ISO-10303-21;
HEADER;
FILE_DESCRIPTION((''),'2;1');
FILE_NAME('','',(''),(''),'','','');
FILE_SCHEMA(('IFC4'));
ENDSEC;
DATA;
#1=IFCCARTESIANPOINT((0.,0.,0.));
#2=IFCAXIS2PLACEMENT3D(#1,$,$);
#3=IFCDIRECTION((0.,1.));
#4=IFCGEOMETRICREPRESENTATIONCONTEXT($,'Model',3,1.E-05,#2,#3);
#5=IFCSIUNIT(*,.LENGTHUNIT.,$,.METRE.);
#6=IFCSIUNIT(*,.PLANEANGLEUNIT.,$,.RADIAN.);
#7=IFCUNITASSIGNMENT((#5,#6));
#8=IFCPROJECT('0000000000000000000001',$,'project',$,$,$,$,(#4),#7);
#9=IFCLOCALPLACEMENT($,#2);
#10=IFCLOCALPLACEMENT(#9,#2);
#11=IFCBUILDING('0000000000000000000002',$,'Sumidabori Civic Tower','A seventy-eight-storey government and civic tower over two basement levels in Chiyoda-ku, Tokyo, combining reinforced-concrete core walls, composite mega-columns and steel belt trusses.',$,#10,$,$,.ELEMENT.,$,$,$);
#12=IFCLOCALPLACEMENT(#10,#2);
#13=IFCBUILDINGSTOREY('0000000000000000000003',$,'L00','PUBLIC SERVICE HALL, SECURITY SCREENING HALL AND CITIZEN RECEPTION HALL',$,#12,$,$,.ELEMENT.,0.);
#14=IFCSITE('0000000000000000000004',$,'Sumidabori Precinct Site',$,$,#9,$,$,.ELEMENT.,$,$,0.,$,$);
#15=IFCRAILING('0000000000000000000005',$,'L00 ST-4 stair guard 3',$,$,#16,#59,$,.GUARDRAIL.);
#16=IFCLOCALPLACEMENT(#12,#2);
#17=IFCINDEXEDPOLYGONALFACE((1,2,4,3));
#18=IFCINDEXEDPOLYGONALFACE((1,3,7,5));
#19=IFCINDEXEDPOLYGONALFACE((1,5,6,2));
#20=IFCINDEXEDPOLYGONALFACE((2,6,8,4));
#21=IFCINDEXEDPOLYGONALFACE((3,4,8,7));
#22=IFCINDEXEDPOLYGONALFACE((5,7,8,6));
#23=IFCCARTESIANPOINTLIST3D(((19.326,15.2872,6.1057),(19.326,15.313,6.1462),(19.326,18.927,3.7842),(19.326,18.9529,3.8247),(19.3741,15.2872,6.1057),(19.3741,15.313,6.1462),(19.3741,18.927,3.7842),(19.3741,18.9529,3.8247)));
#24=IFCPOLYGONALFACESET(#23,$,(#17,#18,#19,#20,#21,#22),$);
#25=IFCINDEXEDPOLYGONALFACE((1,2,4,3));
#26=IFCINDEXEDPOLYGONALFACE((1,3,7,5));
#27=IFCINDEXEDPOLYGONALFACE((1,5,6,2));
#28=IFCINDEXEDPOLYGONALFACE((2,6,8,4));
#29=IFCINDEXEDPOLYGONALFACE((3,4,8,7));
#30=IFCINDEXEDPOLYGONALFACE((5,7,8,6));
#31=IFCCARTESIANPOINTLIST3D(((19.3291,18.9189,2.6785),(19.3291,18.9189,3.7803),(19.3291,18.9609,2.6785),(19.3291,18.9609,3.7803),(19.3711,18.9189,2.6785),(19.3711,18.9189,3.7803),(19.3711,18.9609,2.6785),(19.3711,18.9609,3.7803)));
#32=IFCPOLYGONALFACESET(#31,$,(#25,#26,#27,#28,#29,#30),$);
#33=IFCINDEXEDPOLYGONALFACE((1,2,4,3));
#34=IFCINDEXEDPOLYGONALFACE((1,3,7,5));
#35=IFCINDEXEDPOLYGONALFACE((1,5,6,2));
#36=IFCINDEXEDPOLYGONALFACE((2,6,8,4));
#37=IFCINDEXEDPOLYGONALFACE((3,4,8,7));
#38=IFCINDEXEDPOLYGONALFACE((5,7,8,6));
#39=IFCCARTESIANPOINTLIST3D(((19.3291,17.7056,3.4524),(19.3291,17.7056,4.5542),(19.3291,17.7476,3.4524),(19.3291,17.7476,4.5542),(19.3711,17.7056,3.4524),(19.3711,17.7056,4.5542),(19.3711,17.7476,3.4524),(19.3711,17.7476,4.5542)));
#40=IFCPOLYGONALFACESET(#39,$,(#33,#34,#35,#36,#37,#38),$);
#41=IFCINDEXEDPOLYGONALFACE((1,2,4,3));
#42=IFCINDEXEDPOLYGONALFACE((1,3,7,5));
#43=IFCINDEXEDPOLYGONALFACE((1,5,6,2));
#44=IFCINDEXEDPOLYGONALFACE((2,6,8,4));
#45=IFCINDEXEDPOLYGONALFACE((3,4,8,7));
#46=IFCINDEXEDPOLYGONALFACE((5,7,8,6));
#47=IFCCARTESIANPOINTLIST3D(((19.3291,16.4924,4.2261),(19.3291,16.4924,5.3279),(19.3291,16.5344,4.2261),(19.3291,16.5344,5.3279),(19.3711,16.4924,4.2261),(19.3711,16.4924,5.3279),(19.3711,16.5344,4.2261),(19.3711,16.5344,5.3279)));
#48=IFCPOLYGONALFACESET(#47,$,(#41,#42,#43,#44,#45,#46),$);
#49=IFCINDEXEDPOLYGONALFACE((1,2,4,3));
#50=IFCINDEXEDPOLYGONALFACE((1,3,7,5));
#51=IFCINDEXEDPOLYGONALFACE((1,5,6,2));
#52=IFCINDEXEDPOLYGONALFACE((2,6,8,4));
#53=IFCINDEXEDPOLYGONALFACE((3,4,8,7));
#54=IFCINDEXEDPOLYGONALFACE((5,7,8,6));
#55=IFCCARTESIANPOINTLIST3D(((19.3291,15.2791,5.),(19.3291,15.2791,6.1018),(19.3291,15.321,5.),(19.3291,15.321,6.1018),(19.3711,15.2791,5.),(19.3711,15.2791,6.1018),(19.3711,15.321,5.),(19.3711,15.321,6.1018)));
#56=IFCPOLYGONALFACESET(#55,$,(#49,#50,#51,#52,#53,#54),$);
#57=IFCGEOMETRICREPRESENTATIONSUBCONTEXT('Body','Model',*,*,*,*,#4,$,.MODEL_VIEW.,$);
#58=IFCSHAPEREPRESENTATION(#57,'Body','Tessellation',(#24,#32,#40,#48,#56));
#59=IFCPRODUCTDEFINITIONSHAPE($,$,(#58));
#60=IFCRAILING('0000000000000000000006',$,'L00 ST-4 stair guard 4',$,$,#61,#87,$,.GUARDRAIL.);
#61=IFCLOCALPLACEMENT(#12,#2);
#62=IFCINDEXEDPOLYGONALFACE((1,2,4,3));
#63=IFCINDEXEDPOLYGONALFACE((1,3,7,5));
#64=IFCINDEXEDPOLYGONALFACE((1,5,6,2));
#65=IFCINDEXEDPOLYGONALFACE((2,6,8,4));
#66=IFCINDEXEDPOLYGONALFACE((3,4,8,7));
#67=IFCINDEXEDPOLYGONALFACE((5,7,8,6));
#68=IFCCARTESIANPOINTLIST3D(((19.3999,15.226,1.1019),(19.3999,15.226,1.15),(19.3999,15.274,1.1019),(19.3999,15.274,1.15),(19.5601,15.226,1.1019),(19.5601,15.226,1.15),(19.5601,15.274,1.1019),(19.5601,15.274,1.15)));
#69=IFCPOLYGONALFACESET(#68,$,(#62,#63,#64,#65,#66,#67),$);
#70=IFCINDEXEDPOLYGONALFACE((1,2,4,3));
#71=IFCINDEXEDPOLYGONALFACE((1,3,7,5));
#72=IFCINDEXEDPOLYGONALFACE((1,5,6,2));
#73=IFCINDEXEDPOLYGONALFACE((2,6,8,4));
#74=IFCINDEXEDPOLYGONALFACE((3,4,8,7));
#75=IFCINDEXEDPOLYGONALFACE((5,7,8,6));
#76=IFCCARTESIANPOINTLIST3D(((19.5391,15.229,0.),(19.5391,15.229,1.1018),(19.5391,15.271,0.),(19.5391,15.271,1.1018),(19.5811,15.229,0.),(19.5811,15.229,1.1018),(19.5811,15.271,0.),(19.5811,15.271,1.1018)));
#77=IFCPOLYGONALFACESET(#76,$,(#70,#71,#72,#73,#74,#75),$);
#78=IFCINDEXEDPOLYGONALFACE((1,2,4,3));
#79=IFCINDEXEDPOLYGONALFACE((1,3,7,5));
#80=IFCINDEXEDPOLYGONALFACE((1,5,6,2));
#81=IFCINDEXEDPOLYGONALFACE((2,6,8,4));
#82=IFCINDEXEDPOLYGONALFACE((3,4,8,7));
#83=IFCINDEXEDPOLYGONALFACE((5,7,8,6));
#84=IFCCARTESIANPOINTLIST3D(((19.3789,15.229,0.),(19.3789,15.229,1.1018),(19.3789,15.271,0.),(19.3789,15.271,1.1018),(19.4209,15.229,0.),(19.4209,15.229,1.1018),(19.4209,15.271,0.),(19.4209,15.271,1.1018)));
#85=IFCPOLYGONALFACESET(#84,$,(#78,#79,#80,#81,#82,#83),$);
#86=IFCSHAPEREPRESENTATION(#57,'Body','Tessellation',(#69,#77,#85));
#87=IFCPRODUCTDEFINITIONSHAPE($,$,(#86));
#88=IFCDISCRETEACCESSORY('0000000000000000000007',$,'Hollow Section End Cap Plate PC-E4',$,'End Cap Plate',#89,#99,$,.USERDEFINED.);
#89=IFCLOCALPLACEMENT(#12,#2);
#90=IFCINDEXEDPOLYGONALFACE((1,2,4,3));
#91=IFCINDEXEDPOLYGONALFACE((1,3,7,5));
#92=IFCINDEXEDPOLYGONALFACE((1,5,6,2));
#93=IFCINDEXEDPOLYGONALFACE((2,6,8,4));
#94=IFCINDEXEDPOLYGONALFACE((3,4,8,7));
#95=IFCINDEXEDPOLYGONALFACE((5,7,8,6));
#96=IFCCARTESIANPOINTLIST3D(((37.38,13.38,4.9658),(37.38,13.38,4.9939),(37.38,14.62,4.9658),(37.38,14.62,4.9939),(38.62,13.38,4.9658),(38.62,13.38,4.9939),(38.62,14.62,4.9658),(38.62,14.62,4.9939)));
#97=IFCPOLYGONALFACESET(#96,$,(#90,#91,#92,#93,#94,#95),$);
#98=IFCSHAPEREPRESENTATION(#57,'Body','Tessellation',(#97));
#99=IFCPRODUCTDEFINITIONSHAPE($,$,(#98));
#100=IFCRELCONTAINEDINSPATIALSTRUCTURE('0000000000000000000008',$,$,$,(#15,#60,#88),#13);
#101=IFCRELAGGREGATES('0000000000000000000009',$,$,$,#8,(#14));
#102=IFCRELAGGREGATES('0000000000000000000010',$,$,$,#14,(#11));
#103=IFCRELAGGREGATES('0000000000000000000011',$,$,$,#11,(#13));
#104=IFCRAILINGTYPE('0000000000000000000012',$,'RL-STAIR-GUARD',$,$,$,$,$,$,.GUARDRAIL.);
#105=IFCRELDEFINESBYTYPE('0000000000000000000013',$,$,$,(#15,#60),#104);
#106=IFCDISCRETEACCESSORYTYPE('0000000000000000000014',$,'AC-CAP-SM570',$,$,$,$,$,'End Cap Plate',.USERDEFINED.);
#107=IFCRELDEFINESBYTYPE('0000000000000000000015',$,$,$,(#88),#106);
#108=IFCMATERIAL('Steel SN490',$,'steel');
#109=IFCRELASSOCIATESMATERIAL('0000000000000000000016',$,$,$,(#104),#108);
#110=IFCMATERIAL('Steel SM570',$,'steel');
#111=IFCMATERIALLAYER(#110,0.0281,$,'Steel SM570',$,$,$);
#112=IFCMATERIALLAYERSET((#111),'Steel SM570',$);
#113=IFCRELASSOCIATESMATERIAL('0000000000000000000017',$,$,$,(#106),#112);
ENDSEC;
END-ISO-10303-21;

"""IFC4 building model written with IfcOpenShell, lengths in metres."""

from ifc_helpers import new_model, si_unit, direction, frame, origin, origin_2d, place, context, subcontext, project, spatial, rectangle, extrude, source, transform, mapped, material, layer, layer_set, type_object, element, save


model = new_model("IFC4")

# Units and contexts
model_context = context("Model", 3, precision=1e-05, world=origin(), true_north=direction((0.0, 1.0)))
body_context = subcontext(model_context, "Body", "Model", "MODEL_VIEW")
ifc_project = project(units=[si_unit("LENGTHUNIT", "METRE"), si_unit("PLANEANGLEUNIT", "RADIAN")], contexts=[model_context])

# Site, building, storey
site_placement = place(None, origin())
site = spatial("IfcSite", under=ifc_project, at=site_placement, Name="Sumidabori Precinct Site", CompositionType="ELEMENT", RefElevation=0.0)
building_placement = place(site_placement, origin())
building = spatial("IfcBuilding", under=site, at=building_placement, Name="Sumidabori Civic Tower", Description="A seventy-eight-storey government and civic tower over two basement levels in Chiyoda-ku, Tokyo, combining reinforced-concrete core walls, composite mega-columns and steel belt trusses.", CompositionType="ELEMENT")
storey_placement = place(building_placement, origin())
storey = spatial("IfcBuildingStorey", under=building, at=storey_placement, Name="L00", Description="PUBLIC SERVICE HALL, SECURITY SCREENING HALL AND CITIZEN RECEPTION HALL", CompositionType="ELEMENT", Elevation=0.0)

# Shared definitions
ifc_material_1 = material(Name="Steel SM570", Category="steel")

# Shared definitions
ifc_material_2 = material(Name="Steel SN490", Category="steel")

# Railings
railing_type_1 = type_object("IfcRailingType", Name="RL-STAIR-GUARD", PredefinedType="GUARDRAIL", material=ifc_material_2)
railing_1_placement = place(storey_placement, frame((19.3501, 18.9399, 2.6785)))
element("IfcRailing", 1, at=railing_1_placement, inside=storey, type_object=railing_type_1, Name="L00 ST-4 stair guard 3", PredefinedType="GUARDRAIL", context=body_context, shape_type="SweptSolid", body=[
    extrude(rectangle(XDim=0.0481, YDim=0.0481, at=origin_2d()), frame((0.0, 0.0, 1.126), z_axis=(0.0, -0.843112, 0.537739), x_axis=(1.0, 0.0, 0.0)), (0.0, 0.0, 1.0), 4.3171),
    extrude(rectangle(XDim=0.042, YDim=0.042, at=origin_2d()), origin(), (0.0, 0.0, 1.0), 1.1018),
    extrude(rectangle(XDim=0.042, YDim=0.042, at=origin_2d()), frame((0.0, -1.2134, 0.7739)), (0.0, 0.0, 1.0), 1.1018),
    extrude(rectangle(XDim=0.042, YDim=0.042, at=origin_2d()), frame((0.0, -2.4265, 1.5476)), (0.0, 0.0, 1.0), 1.1018),
    extrude(rectangle(XDim=0.042, YDim=0.042, at=origin_2d()), frame((0.0, -3.6399, 2.3215)), (0.0, 0.0, 1.0), 1.1018),
])
railing_2_placement = place(storey_placement, frame((19.5601, 15.25, 0.0)))
element("IfcRailing", 2, at=railing_2_placement, inside=storey, type_object=railing_type_1, Name="L00 ST-4 stair guard 4", PredefinedType="GUARDRAIL", context=body_context, shape_type="SweptSolid", body=[
    extrude(rectangle(XDim=0.0481, YDim=0.0481, at=origin_2d()), frame((0.0, 0.0, 1.126), z_axis=(-1.0, 0.0, 0.0), x_axis=(0.0, -1.0, 0.0)), (0.0, 0.0, 1.0), 0.1602),
    extrude(rectangle(XDim=0.042, YDim=0.042, at=origin_2d()), origin(), (0.0, 0.0, 1.0), 1.1018),
    extrude(rectangle(XDim=0.042, YDim=0.042, at=origin_2d()), frame((-0.1602, 0.0, 0.0)), (0.0, 0.0, 1.0), 1.1018),
])

# Discrete accessory
ifc_layer_1 = layer(ifc_material_1, 0.0281, Name="Steel SM570")
ifc_layer_set_1 = layer_set([ifc_layer_1], Name="Steel SM570")
discrete_accessory_type = type_object("IfcDiscreteAccessoryType", Name="AC-CAP-SM570", ElementType="End Cap Plate", PredefinedType="USERDEFINED", material=ifc_layer_set_1)
shared_shape_1 = source(origin(), body_context, "Body", "SweptSolid", [
    extrude(rectangle(XDim=1.24, YDim=1.24, at=origin_2d()), origin(), (0.0, 0.0, 1.0), 0.0281),
])
discrete_accessory_placement = place(storey_placement, frame((38.0, 14.0, 4.9658), z_axis=(0.0, 0.0, 1.0), x_axis=(1.0, 0.0, 0.0)))
element("IfcDiscreteAccessory", 3, at=discrete_accessory_placement, inside=storey, type_object=discrete_accessory_type, Name="Hollow Section End Cap Plate PC-E4", ObjectType="End Cap Plate", PredefinedType="USERDEFINED", context=body_context, shape_type="MappedRepresentation", body=[
    mapped(shared_shape_1, transform((0.0, 0.0, 0.0), x_axis=(1.0, 0.0, 0.0), y_axis=(0.0, 1.0, 0.0), z_axis=(0.0, 0.0, 1.0), scale=1.0)),
])

save(model, "model.ifc")
